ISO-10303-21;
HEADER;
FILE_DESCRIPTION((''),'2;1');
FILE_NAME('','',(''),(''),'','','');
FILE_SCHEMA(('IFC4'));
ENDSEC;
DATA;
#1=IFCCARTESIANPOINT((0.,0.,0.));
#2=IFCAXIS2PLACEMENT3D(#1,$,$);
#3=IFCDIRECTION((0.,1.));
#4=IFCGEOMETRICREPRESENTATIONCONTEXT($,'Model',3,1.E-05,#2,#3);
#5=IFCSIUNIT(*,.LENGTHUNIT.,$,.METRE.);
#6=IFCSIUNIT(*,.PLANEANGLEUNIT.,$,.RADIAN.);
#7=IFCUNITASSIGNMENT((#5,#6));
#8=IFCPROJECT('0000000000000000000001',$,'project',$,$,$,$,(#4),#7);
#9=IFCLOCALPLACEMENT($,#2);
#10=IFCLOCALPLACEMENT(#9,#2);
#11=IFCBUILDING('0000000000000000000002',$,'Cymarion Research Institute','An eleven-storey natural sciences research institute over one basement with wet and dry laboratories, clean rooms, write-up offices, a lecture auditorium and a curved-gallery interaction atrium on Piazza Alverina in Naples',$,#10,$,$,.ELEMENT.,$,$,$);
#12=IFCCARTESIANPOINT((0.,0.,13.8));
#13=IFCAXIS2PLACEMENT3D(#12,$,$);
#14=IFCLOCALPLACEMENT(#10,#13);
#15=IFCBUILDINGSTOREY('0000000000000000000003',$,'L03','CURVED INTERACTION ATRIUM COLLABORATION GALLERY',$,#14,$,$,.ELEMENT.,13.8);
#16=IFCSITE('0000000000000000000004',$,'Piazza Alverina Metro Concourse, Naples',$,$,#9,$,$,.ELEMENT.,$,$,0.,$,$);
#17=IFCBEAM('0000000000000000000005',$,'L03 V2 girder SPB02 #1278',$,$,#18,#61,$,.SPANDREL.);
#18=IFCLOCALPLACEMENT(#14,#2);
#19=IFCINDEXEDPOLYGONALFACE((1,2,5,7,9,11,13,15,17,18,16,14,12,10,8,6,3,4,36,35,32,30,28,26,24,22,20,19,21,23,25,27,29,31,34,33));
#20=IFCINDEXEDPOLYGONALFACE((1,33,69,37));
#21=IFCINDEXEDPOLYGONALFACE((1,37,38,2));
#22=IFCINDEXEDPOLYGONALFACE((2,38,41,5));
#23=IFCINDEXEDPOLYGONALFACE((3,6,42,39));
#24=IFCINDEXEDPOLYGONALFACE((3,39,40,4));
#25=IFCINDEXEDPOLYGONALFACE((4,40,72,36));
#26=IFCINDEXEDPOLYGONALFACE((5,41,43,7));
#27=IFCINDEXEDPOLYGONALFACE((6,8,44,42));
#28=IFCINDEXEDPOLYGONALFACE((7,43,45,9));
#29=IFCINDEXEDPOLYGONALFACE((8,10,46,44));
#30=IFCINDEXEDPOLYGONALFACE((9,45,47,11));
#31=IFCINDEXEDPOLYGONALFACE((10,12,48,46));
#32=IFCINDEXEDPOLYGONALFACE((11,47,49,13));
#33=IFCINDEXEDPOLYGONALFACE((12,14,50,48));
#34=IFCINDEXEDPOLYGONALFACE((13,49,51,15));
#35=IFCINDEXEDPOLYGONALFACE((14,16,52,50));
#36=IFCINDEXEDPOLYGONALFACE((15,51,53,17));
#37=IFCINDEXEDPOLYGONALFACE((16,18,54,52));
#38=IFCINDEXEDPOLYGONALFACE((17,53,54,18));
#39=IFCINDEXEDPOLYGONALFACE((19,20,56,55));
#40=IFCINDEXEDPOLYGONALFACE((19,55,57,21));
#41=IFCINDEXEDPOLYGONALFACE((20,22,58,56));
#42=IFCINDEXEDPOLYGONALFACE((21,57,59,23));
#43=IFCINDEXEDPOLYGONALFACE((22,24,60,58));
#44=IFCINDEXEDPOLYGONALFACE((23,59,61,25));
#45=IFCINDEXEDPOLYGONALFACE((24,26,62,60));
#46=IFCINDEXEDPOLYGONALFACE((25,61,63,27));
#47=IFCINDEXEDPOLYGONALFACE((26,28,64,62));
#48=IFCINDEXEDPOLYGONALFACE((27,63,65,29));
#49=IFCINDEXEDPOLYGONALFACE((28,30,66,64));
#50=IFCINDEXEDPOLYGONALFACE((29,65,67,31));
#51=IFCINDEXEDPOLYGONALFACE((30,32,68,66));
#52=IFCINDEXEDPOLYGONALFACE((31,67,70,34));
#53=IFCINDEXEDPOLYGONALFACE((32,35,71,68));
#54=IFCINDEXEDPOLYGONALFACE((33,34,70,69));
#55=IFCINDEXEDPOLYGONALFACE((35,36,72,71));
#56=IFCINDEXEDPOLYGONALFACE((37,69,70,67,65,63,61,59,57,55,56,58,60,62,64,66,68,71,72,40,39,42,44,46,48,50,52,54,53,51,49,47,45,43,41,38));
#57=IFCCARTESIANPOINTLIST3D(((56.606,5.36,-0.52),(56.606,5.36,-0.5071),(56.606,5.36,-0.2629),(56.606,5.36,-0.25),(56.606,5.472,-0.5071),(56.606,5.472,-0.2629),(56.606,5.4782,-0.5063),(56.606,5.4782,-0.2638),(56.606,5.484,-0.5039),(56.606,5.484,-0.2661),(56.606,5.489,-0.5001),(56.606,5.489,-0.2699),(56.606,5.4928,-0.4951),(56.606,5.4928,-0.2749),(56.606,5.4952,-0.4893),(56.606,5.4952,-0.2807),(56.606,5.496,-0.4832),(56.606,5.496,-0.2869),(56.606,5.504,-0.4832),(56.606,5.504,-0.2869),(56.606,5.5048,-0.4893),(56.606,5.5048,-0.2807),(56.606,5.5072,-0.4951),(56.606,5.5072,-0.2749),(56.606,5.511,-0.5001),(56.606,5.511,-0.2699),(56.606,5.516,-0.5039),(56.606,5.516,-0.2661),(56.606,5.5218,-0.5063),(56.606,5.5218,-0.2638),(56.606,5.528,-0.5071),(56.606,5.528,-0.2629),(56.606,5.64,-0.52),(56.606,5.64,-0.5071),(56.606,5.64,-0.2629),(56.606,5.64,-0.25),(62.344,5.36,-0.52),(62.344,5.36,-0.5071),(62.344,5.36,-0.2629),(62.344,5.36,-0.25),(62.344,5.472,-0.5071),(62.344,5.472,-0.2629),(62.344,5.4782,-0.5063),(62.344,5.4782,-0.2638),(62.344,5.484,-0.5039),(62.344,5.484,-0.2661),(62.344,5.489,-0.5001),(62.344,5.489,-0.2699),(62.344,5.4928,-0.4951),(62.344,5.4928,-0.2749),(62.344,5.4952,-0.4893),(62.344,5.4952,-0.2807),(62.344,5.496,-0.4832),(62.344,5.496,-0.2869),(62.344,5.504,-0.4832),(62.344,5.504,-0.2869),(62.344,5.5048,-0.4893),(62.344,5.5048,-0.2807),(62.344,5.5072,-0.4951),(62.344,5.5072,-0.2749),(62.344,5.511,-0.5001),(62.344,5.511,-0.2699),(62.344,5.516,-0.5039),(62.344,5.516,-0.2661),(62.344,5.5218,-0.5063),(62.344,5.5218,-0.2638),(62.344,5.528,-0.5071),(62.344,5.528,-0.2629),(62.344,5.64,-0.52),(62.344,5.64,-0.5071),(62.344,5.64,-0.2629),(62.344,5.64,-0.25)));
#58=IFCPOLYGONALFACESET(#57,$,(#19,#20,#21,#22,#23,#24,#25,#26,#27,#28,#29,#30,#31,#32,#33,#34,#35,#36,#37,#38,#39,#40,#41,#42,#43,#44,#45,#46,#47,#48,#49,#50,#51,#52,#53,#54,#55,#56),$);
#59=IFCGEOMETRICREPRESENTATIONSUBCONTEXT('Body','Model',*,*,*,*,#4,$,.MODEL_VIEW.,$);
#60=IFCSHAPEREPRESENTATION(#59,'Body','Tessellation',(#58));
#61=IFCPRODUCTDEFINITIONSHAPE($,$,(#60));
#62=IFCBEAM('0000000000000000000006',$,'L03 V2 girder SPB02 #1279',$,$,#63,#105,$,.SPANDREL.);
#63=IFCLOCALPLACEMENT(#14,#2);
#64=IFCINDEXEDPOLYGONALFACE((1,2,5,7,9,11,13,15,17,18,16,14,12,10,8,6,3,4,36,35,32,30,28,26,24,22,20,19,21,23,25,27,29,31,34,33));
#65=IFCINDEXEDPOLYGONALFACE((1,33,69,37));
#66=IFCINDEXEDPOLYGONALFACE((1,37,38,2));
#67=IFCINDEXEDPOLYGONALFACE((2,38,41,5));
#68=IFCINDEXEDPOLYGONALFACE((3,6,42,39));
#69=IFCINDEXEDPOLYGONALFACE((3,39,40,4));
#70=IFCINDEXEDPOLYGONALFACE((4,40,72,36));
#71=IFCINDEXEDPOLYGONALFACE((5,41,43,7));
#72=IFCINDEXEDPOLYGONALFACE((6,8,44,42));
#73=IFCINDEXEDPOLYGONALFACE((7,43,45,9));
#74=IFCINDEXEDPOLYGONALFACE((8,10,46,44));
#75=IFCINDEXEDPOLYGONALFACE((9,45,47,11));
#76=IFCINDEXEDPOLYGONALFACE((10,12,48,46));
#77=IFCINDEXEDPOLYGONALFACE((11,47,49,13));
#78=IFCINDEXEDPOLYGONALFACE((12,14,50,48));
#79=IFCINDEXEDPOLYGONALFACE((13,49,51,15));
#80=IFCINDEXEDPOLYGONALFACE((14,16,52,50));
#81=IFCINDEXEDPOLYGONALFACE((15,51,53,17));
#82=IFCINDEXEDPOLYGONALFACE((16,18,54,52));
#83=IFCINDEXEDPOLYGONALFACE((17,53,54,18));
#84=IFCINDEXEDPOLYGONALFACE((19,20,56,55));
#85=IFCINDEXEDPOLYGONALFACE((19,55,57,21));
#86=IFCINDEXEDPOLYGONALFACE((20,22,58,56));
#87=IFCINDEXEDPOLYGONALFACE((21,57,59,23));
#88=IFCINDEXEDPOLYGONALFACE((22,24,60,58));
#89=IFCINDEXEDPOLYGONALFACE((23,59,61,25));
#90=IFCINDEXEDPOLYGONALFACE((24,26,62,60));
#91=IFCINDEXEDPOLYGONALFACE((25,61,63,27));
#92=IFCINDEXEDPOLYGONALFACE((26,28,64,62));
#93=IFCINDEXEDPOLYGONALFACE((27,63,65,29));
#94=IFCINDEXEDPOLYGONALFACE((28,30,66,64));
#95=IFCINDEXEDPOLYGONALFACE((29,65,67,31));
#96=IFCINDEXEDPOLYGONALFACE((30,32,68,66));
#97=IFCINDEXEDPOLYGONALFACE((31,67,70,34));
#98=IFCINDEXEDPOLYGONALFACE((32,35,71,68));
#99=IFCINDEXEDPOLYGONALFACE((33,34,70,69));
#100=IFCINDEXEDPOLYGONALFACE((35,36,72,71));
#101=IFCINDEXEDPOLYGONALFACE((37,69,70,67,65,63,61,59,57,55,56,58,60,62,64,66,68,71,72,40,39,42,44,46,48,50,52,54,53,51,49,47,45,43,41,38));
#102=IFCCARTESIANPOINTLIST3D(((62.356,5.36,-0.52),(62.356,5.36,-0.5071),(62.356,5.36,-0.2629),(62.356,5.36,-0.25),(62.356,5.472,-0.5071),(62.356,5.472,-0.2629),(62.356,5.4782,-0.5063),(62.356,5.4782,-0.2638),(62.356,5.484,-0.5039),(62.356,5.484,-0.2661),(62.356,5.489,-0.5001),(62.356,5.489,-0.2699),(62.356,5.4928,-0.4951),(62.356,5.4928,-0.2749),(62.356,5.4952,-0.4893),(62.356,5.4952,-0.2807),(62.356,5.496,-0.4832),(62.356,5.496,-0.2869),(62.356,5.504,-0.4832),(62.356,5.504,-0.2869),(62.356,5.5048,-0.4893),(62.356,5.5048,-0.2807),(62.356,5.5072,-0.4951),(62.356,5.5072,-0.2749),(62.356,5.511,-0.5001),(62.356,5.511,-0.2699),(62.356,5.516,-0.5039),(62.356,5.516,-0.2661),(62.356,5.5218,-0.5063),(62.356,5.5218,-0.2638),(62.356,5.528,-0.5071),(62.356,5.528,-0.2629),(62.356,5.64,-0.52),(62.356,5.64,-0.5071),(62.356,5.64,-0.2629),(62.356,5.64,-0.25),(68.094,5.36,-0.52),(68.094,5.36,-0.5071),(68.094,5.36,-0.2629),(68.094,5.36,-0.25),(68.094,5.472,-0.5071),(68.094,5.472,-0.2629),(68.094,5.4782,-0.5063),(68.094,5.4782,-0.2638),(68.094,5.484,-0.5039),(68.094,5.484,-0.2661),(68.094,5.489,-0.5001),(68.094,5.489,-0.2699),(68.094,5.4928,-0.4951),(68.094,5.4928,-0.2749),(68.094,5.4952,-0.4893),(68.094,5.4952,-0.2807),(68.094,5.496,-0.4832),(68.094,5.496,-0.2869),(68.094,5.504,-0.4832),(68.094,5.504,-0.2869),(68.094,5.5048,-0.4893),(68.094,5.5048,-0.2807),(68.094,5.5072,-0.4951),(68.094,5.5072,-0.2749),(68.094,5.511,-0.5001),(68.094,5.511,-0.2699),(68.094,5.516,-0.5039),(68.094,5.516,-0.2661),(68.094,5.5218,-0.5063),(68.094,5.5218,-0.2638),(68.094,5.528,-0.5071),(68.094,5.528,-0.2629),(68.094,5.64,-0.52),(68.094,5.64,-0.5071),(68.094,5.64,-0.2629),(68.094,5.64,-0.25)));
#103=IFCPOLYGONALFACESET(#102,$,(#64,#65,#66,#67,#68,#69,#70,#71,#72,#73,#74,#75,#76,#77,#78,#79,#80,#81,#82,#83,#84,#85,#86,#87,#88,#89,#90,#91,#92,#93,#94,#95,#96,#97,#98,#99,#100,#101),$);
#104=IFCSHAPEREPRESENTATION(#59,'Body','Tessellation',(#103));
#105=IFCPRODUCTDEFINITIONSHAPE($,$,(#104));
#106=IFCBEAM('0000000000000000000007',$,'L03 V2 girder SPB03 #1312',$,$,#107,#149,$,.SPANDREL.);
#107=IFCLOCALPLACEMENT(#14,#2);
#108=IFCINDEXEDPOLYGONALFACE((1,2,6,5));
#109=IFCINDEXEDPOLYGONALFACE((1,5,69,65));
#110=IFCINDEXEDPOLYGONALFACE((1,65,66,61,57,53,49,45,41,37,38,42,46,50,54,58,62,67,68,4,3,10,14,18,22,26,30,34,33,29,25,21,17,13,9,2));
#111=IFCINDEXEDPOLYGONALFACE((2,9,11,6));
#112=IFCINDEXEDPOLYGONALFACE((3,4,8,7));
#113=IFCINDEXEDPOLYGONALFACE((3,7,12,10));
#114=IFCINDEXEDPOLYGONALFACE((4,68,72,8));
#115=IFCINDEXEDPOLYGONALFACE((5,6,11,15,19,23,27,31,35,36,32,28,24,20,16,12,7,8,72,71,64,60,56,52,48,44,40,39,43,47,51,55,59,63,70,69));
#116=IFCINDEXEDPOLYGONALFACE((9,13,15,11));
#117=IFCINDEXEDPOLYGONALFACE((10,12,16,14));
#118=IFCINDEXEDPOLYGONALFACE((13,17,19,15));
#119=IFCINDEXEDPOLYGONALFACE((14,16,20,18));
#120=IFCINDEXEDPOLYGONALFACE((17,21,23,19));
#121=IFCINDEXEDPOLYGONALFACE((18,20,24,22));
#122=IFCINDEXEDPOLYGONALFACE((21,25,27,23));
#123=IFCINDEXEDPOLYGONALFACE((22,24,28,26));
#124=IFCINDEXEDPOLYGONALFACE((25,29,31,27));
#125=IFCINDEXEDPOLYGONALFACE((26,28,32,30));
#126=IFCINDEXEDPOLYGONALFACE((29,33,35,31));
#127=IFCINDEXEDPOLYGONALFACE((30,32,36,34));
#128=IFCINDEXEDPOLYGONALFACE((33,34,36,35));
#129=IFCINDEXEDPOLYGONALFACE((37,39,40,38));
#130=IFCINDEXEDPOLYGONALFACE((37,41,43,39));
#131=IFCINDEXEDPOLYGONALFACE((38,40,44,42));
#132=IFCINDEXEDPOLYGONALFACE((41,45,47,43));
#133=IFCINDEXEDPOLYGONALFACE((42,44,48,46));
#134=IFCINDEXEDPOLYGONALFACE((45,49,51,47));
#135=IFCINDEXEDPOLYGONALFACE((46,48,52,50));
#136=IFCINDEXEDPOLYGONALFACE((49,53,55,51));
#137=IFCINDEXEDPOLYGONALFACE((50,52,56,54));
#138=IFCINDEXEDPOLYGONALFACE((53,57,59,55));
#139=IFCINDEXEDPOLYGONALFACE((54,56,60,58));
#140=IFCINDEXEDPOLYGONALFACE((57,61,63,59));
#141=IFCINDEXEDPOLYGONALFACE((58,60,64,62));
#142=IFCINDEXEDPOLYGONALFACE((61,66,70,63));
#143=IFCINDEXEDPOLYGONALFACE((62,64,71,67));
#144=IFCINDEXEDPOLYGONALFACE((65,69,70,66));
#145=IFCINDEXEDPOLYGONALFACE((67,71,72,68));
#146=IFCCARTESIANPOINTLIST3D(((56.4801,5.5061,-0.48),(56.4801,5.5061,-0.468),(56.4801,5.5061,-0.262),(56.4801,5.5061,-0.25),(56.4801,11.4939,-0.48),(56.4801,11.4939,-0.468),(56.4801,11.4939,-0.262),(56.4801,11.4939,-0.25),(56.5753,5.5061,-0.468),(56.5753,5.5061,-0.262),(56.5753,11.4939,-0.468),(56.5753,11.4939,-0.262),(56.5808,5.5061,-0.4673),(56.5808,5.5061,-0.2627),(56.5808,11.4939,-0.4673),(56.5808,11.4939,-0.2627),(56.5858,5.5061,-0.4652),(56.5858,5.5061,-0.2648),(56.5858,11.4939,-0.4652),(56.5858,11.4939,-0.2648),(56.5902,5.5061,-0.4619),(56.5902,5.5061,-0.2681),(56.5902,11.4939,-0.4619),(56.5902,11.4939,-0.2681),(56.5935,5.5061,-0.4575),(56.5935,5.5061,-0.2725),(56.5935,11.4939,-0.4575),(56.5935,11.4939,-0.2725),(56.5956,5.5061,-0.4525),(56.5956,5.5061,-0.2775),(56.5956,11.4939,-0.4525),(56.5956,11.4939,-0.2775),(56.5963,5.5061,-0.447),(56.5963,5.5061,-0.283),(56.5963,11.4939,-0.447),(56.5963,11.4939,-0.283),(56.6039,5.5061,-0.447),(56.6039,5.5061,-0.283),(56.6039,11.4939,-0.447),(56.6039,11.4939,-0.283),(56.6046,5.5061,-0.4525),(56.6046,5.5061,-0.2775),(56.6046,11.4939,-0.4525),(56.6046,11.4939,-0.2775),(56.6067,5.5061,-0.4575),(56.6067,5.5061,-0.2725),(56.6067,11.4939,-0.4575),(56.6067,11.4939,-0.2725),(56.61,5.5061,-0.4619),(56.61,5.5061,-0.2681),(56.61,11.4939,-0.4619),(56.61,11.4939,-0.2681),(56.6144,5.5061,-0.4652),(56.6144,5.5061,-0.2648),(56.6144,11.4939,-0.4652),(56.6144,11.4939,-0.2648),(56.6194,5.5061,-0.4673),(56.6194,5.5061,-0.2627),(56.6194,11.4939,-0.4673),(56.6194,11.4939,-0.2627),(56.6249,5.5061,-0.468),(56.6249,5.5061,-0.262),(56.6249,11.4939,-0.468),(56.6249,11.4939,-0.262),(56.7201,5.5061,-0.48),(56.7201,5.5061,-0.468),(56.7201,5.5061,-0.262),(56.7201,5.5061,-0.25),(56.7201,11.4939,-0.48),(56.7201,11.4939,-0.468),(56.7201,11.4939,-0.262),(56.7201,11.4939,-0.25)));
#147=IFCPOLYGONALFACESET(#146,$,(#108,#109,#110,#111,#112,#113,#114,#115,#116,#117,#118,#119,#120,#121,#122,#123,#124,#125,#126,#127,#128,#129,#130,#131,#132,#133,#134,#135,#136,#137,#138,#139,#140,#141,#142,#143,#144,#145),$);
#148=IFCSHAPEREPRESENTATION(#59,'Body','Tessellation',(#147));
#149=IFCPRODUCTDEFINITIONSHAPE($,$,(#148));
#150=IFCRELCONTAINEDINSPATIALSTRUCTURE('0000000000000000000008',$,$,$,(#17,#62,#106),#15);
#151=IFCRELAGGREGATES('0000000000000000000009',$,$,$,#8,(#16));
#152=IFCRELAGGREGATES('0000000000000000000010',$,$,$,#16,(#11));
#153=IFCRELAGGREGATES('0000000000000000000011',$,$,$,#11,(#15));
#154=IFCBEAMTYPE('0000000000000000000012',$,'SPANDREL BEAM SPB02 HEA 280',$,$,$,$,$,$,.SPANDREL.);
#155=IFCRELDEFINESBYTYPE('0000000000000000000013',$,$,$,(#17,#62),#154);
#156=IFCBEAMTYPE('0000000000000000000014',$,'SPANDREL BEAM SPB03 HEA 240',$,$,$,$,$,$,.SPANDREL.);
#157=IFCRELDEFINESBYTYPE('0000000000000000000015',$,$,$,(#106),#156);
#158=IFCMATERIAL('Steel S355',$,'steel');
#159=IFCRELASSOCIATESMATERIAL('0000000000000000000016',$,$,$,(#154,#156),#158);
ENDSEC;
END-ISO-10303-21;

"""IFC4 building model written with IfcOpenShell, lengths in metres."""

from ifc_helpers import new_model, si_unit, direction, frame, origin, origin_2d, place, context, subcontext, project, spatial, i_section, extrude, material, material_profile, profile_set, type_object, element, save


model = new_model("IFC4")

# Units and contexts
model_context = context("Model", 3, precision=1e-05, world=origin(), true_north=direction((0.0, 1.0)))
body_context = subcontext(model_context, "Body", "Model", "MODEL_VIEW")
ifc_project = project(units=[si_unit("LENGTHUNIT", "METRE"), si_unit("PLANEANGLEUNIT", "RADIAN")], contexts=[model_context])

# Site, building, storey
site_placement = place(None, origin())
site = spatial("IfcSite", under=ifc_project, at=site_placement, Name="Piazza Alverina Metro Concourse, Naples", CompositionType="ELEMENT", RefElevation=0.0)
building_placement = place(site_placement, origin())
building = spatial("IfcBuilding", under=site, at=building_placement, Name="Cymarion Research Institute", Description="An eleven-storey natural sciences research institute over one basement with wet and dry laboratories, clean rooms, write-up offices, a lecture auditorium and a curved-gallery interaction atrium on Piazza Alverina in Naples", CompositionType="ELEMENT")
storey_placement = place(building_placement, frame((0.0, 0.0, 13.8)))
storey = spatial("IfcBuildingStorey", under=building, at=storey_placement, Name="L03", Description="CURVED INTERACTION ATRIUM COLLABORATION GALLERY", CompositionType="ELEMENT", Elevation=13.8)

# Shared definitions
ifc_material_1 = material(Name="Steel S355", Category="steel")

# Beams
ifc_material_profile_1 = material_profile(ifc_material_1, i_section(OverallWidth=0.28, OverallDepth=0.27, WebThickness=0.0081, FlangeThickness=0.0129, FilletRadius=0.0239, at=origin_2d()), Name="HEA 280")
ifc_profile_set_1 = profile_set([ifc_material_profile_1], Name="Steel S355")
beam_type_1 = type_object("IfcBeamType", Name="SPANDREL BEAM SPB02 HEA 280", PredefinedType="SPANDREL", material=ifc_profile_set_1)
for number, where, z_axis, x_axis, name in (
    (1, (56.606, 5.5, -0.385), (1.0, 0.0, 0.0), (0.0, 1.0, 0.0), "L03 V2 girder SPB02 #1278"),
    (2, (62.356, 5.5, -0.385), (1.0, 0.0, 0.0), (0.0, 1.0, 0.0), "L03 V2 girder SPB02 #1279"),
):
    element("IfcBeam", number, at=place(storey_placement, frame(where, z_axis=z_axis, x_axis=x_axis)), inside=storey, type_object=beam_type_1, Name=name, PredefinedType="SPANDREL", context=body_context, shape_type="SweptSolid", body=[
        extrude(i_section(OverallWidth=0.28, OverallDepth=0.27, WebThickness=0.0081, FlangeThickness=0.0129, FilletRadius=0.0239, at=origin_2d()), origin(), (0.0, 0.0, 1.0), 5.738),
    ])
ifc_material_profile_2 = material_profile(ifc_material_1, i_section(OverallWidth=0.24, OverallDepth=0.23, WebThickness=0.0076, FlangeThickness=0.012, FilletRadius=0.021, at=origin_2d()), Name="HEA 240")
ifc_profile_set_2 = profile_set([ifc_material_profile_2], Name="Steel S355")
beam_type_2 = type_object("IfcBeamType", Name="SPANDREL BEAM SPB03 HEA 240", PredefinedType="SPANDREL", material=ifc_profile_set_2)
beam_1_placement = place(storey_placement, frame((56.6001, 5.5061, -0.365), z_axis=(0.0, 1.0, 0.0), x_axis=(-1.0, 0.0, 0.0)))
element("IfcBeam", 3, at=beam_1_placement, inside=storey, type_object=beam_type_2, Name="L03 V2 girder SPB03 #1312", PredefinedType="SPANDREL", context=body_context, shape_type="SweptSolid", body=[
    extrude(i_section(OverallWidth=0.24, OverallDepth=0.23, WebThickness=0.0076, FlangeThickness=0.012, FilletRadius=0.021, at=origin_2d()), origin(), (0.0, 0.0, 1.0), 5.9878),
])

save(model, "model.ifc")
